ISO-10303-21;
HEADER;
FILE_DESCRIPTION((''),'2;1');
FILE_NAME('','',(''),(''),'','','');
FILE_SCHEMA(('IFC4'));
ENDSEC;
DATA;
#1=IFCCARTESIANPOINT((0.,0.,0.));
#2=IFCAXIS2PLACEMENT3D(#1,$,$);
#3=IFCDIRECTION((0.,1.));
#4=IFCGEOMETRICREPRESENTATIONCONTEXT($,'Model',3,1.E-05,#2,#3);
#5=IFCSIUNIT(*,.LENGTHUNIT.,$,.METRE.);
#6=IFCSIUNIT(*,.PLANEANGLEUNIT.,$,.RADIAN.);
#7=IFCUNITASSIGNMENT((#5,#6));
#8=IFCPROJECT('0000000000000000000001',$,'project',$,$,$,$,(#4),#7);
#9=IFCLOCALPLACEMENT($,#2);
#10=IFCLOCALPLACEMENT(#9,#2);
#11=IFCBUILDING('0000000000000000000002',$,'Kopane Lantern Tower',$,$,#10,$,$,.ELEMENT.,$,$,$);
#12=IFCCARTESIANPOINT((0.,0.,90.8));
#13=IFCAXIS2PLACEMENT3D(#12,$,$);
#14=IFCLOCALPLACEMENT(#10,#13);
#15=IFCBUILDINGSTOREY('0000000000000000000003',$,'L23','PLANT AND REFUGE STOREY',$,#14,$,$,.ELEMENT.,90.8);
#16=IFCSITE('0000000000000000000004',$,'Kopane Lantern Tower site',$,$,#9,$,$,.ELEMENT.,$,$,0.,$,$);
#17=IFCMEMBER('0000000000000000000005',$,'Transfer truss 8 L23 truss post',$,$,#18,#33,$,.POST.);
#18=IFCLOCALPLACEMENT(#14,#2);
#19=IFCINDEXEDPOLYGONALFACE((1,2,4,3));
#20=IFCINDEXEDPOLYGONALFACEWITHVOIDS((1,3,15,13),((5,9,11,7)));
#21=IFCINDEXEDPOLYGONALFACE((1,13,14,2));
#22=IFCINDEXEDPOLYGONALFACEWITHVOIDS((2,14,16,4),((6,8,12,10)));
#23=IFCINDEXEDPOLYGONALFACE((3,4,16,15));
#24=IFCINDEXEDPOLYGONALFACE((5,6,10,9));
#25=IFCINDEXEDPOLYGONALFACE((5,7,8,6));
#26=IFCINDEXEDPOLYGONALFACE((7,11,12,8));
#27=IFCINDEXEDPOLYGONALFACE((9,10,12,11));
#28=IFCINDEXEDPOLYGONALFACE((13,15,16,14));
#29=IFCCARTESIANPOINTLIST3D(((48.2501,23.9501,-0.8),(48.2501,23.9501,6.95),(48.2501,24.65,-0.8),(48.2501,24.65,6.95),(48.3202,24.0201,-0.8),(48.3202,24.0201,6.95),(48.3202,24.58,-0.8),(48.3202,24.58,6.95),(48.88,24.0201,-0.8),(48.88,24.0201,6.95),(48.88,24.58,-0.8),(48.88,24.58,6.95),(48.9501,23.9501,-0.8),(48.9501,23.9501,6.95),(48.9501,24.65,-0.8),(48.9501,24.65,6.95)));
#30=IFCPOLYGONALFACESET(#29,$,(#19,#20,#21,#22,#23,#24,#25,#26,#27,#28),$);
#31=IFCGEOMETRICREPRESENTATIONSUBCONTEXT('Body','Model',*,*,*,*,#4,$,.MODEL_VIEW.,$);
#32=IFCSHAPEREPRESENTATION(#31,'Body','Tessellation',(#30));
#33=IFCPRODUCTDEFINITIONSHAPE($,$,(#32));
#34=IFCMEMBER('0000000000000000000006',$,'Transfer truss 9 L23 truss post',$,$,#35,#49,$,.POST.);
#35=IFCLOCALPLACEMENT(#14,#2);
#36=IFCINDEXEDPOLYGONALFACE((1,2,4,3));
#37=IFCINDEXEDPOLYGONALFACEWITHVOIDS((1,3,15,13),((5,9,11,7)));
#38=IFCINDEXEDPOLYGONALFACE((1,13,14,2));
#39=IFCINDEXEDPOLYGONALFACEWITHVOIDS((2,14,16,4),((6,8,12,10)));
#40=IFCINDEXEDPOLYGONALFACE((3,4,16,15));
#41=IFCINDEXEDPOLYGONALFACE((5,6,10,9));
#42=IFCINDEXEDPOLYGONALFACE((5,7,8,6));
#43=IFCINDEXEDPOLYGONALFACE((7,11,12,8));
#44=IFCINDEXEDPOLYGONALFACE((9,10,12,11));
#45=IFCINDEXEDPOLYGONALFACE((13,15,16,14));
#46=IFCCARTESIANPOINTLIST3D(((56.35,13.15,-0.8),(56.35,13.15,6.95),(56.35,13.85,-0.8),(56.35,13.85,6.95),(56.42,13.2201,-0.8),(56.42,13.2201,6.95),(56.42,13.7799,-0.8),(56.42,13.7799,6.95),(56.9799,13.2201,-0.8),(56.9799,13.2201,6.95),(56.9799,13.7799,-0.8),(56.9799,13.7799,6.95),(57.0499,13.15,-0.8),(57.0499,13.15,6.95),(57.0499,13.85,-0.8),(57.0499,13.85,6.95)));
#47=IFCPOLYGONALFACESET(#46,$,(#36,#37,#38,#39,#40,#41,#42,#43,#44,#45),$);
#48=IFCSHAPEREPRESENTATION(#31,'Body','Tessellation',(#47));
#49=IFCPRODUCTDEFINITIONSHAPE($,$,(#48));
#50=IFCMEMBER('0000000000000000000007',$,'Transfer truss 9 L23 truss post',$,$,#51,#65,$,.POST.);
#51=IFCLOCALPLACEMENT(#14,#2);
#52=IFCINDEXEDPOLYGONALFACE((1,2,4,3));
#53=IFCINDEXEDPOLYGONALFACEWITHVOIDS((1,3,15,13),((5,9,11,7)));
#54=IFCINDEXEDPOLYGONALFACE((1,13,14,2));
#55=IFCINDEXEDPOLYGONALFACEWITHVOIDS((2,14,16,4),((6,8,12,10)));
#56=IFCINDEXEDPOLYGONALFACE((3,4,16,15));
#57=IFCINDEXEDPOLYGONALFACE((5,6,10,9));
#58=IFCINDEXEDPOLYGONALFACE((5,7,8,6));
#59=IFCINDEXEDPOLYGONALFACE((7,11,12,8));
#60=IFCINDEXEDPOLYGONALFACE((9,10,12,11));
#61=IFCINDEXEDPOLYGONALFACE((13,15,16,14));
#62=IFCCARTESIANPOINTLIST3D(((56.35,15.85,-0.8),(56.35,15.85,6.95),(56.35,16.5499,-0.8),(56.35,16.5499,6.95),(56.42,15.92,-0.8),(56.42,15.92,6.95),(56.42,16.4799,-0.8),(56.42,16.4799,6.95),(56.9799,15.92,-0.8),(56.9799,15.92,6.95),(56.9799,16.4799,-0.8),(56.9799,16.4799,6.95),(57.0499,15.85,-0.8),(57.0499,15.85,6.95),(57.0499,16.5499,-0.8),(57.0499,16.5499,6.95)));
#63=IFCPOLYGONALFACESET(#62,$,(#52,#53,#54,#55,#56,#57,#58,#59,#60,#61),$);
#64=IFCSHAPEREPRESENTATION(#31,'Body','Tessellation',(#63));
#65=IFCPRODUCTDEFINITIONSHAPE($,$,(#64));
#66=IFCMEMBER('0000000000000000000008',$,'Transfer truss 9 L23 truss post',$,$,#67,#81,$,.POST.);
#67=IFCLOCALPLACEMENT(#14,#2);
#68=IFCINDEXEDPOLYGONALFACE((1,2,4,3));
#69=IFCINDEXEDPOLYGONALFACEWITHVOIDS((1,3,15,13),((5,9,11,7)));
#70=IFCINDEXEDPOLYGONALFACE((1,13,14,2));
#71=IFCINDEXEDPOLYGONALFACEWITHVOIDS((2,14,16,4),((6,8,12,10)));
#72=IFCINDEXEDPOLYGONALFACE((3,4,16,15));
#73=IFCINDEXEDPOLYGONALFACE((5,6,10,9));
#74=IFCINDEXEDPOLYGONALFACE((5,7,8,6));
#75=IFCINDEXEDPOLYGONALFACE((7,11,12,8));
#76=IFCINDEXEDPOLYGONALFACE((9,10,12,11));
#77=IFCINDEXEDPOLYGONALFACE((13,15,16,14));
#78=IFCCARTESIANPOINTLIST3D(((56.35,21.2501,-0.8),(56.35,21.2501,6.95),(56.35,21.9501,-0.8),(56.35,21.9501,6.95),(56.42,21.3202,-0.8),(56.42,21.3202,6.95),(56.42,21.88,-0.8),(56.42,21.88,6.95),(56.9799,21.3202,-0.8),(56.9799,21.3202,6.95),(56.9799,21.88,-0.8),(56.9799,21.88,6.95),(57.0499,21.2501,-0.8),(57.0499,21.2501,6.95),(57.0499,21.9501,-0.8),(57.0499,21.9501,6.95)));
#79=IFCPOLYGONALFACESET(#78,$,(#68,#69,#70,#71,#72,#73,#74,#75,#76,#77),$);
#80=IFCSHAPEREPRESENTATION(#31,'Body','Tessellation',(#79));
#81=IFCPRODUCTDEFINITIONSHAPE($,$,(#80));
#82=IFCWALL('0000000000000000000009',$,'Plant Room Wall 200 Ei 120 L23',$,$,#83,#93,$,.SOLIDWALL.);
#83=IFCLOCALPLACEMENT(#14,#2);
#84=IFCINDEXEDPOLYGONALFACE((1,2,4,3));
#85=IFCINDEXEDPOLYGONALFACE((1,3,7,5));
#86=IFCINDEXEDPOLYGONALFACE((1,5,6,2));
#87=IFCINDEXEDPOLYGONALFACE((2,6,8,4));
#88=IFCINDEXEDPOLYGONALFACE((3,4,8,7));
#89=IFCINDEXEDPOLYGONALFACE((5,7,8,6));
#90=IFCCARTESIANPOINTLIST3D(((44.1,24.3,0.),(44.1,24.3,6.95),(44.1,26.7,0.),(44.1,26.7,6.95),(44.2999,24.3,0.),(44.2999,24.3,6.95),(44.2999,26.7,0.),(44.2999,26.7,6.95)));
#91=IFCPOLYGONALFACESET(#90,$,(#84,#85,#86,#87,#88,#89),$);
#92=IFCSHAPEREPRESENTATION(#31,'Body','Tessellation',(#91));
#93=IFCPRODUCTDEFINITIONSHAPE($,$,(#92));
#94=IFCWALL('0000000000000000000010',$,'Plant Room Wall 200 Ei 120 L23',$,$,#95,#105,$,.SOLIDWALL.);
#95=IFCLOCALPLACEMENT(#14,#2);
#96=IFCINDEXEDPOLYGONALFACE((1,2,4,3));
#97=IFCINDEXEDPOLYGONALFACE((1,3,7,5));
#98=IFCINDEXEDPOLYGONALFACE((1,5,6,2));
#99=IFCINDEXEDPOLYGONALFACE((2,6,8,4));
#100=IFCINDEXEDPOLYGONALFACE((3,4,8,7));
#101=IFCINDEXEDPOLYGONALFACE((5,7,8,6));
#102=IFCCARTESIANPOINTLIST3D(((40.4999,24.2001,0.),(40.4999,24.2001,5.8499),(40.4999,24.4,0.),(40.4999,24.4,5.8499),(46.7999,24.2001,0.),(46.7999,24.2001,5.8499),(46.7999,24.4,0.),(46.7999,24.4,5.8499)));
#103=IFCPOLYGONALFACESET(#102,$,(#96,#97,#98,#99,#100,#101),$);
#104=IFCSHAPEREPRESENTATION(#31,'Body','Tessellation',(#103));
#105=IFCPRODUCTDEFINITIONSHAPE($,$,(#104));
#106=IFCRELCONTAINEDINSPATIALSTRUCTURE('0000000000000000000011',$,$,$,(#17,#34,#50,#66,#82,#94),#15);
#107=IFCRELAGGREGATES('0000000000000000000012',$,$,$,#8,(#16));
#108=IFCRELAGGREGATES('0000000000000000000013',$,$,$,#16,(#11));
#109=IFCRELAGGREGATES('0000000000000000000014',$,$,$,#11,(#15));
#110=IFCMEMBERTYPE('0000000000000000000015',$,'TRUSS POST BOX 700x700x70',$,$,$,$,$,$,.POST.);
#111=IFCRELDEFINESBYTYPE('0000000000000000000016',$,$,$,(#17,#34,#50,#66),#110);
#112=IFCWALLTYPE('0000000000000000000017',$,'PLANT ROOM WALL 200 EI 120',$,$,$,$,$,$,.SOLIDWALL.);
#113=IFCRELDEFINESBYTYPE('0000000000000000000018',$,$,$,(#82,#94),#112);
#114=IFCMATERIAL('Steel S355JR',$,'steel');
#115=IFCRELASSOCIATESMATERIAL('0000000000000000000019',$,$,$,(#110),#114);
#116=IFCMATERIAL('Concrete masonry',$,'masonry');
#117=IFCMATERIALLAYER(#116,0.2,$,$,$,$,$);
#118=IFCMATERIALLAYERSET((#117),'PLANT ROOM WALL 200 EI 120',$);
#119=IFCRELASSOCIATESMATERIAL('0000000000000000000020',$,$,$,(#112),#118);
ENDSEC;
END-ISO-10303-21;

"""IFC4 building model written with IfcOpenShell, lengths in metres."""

from ifc_helpers import new_model, si_unit, direction, frame, frame_2d, origin, origin_2d, place, context, subcontext, project, spatial, rectangle, hollow_rectangle, extrude, material, layer, layer_set, material_profile, profile_set, type_object, element, save


model = new_model("IFC4")

# Units and contexts
model_context = context("Model", 3, precision=1e-05, world=origin(), true_north=direction((0.0, 1.0)))
body_context = subcontext(model_context, "Body", "Model", "MODEL_VIEW")
ifc_project = project(units=[si_unit("LENGTHUNIT", "METRE"), si_unit("PLANEANGLEUNIT", "RADIAN")], contexts=[model_context])

# Site, building, storey
site_placement = place(None, origin())
site = spatial("IfcSite", under=ifc_project, at=site_placement, Name="Kopane Lantern Tower site", CompositionType="ELEMENT", RefElevation=0.0)
building_placement = place(site_placement, origin())
building = spatial("IfcBuilding", under=site, at=building_placement, Name="Kopane Lantern Tower", CompositionType="ELEMENT")
storey_placement = place(building_placement, frame((0.0, 0.0, 90.8)))
storey = spatial("IfcBuildingStorey", under=building, at=storey_placement, Name="L23", Description="PLANT AND REFUGE STOREY", CompositionType="ELEMENT", Elevation=90.8)

# Members
ifc_material_1 = material(Name="Steel S355JR", Category="steel")
ifc_material_profile_1 = material_profile(ifc_material_1, hollow_rectangle(XDim=0.7, YDim=0.7, WallThickness=0.0701, at=origin_2d()), Name="BOX 700x700x70")
ifc_profile_set_1 = profile_set([ifc_material_profile_1], Name="Steel S355JR")
member_type_1 = type_object("IfcMemberType", Name="TRUSS POST BOX 700x700x70", PredefinedType="POST", material=ifc_profile_set_1)
for number, where, z_axis, x_axis, name in (
    (1, (48.6001, 24.3, -0.8), (0.0, 0.0, 1.0), (1.0, 0.0, 0.0), "Transfer truss 8 L23 truss post"),
    (2, (56.7, 13.5, -0.8), (0.0, 0.0, 1.0), (1.0, 0.0, 0.0), "Transfer truss 9 L23 truss post"),
    (3, (56.7, 16.2, -0.8), (0.0, 0.0, 1.0), (1.0, 0.0, 0.0), "Transfer truss 9 L23 truss post"),
    (4, (56.7, 21.6001, -0.8), (0.0, 0.0, 1.0), (1.0, 0.0, 0.0), "Transfer truss 9 L23 truss post"),
):
    element("IfcMember", number, at=place(storey_placement, frame(where, z_axis=z_axis, x_axis=x_axis)), inside=storey, type_object=member_type_1, Name=name, PredefinedType="POST", context=body_context, shape_type="SweptSolid", body=[
        extrude(hollow_rectangle(XDim=0.7, YDim=0.7, WallThickness=0.0701, at=origin_2d()), origin(), (0.0, 0.0, 1.0), 7.75),
    ])

# Walls
ifc_material_2 = material(Name="Concrete masonry", Category="masonry")
ifc_layer = layer(ifc_material_2, 0.2)
ifc_layer_set = layer_set([ifc_layer], Name="PLANT ROOM WALL 200 EI 120")
wall_type = type_object("IfcWallType", Name="PLANT ROOM WALL 200 EI 120", PredefinedType="SOLIDWALL", material=ifc_layer_set)
wall_1_placement = place(storey_placement, frame((44.2, 24.3, 0.0), z_axis=(0.0, 0.0, 1.0), x_axis=(0.0, 1.0, 0.0)))
element("IfcWall", 5, at=wall_1_placement, inside=storey, type_object=wall_type, Name="Plant Room Wall 200 Ei 120 L23", PredefinedType="SOLIDWALL", context=body_context, shape_type="SweptSolid", body=[
    extrude(rectangle(XDim=2.3999, YDim=0.2, at=frame_2d((1.2, 0.0))), origin(), (0.0, 0.0, 1.0), 6.95),
])
wall_2_placement = place(storey_placement, frame((40.5, 24.3, 0.0), z_axis=(0.0, 0.0, 1.0), x_axis=(1.0, 0.0, 0.0)))
element("IfcWall", 6, at=wall_2_placement, inside=storey, type_object=wall_type, Name="Plant Room Wall 200 Ei 120 L23", PredefinedType="SOLIDWALL", context=body_context, shape_type="SweptSolid", body=[
    extrude(rectangle(XDim=6.3, YDim=0.2, at=frame_2d((3.1499, 0.0))), origin(), (0.0, 0.0, 1.0), 5.8499),
])

save(model, "model.ifc")
